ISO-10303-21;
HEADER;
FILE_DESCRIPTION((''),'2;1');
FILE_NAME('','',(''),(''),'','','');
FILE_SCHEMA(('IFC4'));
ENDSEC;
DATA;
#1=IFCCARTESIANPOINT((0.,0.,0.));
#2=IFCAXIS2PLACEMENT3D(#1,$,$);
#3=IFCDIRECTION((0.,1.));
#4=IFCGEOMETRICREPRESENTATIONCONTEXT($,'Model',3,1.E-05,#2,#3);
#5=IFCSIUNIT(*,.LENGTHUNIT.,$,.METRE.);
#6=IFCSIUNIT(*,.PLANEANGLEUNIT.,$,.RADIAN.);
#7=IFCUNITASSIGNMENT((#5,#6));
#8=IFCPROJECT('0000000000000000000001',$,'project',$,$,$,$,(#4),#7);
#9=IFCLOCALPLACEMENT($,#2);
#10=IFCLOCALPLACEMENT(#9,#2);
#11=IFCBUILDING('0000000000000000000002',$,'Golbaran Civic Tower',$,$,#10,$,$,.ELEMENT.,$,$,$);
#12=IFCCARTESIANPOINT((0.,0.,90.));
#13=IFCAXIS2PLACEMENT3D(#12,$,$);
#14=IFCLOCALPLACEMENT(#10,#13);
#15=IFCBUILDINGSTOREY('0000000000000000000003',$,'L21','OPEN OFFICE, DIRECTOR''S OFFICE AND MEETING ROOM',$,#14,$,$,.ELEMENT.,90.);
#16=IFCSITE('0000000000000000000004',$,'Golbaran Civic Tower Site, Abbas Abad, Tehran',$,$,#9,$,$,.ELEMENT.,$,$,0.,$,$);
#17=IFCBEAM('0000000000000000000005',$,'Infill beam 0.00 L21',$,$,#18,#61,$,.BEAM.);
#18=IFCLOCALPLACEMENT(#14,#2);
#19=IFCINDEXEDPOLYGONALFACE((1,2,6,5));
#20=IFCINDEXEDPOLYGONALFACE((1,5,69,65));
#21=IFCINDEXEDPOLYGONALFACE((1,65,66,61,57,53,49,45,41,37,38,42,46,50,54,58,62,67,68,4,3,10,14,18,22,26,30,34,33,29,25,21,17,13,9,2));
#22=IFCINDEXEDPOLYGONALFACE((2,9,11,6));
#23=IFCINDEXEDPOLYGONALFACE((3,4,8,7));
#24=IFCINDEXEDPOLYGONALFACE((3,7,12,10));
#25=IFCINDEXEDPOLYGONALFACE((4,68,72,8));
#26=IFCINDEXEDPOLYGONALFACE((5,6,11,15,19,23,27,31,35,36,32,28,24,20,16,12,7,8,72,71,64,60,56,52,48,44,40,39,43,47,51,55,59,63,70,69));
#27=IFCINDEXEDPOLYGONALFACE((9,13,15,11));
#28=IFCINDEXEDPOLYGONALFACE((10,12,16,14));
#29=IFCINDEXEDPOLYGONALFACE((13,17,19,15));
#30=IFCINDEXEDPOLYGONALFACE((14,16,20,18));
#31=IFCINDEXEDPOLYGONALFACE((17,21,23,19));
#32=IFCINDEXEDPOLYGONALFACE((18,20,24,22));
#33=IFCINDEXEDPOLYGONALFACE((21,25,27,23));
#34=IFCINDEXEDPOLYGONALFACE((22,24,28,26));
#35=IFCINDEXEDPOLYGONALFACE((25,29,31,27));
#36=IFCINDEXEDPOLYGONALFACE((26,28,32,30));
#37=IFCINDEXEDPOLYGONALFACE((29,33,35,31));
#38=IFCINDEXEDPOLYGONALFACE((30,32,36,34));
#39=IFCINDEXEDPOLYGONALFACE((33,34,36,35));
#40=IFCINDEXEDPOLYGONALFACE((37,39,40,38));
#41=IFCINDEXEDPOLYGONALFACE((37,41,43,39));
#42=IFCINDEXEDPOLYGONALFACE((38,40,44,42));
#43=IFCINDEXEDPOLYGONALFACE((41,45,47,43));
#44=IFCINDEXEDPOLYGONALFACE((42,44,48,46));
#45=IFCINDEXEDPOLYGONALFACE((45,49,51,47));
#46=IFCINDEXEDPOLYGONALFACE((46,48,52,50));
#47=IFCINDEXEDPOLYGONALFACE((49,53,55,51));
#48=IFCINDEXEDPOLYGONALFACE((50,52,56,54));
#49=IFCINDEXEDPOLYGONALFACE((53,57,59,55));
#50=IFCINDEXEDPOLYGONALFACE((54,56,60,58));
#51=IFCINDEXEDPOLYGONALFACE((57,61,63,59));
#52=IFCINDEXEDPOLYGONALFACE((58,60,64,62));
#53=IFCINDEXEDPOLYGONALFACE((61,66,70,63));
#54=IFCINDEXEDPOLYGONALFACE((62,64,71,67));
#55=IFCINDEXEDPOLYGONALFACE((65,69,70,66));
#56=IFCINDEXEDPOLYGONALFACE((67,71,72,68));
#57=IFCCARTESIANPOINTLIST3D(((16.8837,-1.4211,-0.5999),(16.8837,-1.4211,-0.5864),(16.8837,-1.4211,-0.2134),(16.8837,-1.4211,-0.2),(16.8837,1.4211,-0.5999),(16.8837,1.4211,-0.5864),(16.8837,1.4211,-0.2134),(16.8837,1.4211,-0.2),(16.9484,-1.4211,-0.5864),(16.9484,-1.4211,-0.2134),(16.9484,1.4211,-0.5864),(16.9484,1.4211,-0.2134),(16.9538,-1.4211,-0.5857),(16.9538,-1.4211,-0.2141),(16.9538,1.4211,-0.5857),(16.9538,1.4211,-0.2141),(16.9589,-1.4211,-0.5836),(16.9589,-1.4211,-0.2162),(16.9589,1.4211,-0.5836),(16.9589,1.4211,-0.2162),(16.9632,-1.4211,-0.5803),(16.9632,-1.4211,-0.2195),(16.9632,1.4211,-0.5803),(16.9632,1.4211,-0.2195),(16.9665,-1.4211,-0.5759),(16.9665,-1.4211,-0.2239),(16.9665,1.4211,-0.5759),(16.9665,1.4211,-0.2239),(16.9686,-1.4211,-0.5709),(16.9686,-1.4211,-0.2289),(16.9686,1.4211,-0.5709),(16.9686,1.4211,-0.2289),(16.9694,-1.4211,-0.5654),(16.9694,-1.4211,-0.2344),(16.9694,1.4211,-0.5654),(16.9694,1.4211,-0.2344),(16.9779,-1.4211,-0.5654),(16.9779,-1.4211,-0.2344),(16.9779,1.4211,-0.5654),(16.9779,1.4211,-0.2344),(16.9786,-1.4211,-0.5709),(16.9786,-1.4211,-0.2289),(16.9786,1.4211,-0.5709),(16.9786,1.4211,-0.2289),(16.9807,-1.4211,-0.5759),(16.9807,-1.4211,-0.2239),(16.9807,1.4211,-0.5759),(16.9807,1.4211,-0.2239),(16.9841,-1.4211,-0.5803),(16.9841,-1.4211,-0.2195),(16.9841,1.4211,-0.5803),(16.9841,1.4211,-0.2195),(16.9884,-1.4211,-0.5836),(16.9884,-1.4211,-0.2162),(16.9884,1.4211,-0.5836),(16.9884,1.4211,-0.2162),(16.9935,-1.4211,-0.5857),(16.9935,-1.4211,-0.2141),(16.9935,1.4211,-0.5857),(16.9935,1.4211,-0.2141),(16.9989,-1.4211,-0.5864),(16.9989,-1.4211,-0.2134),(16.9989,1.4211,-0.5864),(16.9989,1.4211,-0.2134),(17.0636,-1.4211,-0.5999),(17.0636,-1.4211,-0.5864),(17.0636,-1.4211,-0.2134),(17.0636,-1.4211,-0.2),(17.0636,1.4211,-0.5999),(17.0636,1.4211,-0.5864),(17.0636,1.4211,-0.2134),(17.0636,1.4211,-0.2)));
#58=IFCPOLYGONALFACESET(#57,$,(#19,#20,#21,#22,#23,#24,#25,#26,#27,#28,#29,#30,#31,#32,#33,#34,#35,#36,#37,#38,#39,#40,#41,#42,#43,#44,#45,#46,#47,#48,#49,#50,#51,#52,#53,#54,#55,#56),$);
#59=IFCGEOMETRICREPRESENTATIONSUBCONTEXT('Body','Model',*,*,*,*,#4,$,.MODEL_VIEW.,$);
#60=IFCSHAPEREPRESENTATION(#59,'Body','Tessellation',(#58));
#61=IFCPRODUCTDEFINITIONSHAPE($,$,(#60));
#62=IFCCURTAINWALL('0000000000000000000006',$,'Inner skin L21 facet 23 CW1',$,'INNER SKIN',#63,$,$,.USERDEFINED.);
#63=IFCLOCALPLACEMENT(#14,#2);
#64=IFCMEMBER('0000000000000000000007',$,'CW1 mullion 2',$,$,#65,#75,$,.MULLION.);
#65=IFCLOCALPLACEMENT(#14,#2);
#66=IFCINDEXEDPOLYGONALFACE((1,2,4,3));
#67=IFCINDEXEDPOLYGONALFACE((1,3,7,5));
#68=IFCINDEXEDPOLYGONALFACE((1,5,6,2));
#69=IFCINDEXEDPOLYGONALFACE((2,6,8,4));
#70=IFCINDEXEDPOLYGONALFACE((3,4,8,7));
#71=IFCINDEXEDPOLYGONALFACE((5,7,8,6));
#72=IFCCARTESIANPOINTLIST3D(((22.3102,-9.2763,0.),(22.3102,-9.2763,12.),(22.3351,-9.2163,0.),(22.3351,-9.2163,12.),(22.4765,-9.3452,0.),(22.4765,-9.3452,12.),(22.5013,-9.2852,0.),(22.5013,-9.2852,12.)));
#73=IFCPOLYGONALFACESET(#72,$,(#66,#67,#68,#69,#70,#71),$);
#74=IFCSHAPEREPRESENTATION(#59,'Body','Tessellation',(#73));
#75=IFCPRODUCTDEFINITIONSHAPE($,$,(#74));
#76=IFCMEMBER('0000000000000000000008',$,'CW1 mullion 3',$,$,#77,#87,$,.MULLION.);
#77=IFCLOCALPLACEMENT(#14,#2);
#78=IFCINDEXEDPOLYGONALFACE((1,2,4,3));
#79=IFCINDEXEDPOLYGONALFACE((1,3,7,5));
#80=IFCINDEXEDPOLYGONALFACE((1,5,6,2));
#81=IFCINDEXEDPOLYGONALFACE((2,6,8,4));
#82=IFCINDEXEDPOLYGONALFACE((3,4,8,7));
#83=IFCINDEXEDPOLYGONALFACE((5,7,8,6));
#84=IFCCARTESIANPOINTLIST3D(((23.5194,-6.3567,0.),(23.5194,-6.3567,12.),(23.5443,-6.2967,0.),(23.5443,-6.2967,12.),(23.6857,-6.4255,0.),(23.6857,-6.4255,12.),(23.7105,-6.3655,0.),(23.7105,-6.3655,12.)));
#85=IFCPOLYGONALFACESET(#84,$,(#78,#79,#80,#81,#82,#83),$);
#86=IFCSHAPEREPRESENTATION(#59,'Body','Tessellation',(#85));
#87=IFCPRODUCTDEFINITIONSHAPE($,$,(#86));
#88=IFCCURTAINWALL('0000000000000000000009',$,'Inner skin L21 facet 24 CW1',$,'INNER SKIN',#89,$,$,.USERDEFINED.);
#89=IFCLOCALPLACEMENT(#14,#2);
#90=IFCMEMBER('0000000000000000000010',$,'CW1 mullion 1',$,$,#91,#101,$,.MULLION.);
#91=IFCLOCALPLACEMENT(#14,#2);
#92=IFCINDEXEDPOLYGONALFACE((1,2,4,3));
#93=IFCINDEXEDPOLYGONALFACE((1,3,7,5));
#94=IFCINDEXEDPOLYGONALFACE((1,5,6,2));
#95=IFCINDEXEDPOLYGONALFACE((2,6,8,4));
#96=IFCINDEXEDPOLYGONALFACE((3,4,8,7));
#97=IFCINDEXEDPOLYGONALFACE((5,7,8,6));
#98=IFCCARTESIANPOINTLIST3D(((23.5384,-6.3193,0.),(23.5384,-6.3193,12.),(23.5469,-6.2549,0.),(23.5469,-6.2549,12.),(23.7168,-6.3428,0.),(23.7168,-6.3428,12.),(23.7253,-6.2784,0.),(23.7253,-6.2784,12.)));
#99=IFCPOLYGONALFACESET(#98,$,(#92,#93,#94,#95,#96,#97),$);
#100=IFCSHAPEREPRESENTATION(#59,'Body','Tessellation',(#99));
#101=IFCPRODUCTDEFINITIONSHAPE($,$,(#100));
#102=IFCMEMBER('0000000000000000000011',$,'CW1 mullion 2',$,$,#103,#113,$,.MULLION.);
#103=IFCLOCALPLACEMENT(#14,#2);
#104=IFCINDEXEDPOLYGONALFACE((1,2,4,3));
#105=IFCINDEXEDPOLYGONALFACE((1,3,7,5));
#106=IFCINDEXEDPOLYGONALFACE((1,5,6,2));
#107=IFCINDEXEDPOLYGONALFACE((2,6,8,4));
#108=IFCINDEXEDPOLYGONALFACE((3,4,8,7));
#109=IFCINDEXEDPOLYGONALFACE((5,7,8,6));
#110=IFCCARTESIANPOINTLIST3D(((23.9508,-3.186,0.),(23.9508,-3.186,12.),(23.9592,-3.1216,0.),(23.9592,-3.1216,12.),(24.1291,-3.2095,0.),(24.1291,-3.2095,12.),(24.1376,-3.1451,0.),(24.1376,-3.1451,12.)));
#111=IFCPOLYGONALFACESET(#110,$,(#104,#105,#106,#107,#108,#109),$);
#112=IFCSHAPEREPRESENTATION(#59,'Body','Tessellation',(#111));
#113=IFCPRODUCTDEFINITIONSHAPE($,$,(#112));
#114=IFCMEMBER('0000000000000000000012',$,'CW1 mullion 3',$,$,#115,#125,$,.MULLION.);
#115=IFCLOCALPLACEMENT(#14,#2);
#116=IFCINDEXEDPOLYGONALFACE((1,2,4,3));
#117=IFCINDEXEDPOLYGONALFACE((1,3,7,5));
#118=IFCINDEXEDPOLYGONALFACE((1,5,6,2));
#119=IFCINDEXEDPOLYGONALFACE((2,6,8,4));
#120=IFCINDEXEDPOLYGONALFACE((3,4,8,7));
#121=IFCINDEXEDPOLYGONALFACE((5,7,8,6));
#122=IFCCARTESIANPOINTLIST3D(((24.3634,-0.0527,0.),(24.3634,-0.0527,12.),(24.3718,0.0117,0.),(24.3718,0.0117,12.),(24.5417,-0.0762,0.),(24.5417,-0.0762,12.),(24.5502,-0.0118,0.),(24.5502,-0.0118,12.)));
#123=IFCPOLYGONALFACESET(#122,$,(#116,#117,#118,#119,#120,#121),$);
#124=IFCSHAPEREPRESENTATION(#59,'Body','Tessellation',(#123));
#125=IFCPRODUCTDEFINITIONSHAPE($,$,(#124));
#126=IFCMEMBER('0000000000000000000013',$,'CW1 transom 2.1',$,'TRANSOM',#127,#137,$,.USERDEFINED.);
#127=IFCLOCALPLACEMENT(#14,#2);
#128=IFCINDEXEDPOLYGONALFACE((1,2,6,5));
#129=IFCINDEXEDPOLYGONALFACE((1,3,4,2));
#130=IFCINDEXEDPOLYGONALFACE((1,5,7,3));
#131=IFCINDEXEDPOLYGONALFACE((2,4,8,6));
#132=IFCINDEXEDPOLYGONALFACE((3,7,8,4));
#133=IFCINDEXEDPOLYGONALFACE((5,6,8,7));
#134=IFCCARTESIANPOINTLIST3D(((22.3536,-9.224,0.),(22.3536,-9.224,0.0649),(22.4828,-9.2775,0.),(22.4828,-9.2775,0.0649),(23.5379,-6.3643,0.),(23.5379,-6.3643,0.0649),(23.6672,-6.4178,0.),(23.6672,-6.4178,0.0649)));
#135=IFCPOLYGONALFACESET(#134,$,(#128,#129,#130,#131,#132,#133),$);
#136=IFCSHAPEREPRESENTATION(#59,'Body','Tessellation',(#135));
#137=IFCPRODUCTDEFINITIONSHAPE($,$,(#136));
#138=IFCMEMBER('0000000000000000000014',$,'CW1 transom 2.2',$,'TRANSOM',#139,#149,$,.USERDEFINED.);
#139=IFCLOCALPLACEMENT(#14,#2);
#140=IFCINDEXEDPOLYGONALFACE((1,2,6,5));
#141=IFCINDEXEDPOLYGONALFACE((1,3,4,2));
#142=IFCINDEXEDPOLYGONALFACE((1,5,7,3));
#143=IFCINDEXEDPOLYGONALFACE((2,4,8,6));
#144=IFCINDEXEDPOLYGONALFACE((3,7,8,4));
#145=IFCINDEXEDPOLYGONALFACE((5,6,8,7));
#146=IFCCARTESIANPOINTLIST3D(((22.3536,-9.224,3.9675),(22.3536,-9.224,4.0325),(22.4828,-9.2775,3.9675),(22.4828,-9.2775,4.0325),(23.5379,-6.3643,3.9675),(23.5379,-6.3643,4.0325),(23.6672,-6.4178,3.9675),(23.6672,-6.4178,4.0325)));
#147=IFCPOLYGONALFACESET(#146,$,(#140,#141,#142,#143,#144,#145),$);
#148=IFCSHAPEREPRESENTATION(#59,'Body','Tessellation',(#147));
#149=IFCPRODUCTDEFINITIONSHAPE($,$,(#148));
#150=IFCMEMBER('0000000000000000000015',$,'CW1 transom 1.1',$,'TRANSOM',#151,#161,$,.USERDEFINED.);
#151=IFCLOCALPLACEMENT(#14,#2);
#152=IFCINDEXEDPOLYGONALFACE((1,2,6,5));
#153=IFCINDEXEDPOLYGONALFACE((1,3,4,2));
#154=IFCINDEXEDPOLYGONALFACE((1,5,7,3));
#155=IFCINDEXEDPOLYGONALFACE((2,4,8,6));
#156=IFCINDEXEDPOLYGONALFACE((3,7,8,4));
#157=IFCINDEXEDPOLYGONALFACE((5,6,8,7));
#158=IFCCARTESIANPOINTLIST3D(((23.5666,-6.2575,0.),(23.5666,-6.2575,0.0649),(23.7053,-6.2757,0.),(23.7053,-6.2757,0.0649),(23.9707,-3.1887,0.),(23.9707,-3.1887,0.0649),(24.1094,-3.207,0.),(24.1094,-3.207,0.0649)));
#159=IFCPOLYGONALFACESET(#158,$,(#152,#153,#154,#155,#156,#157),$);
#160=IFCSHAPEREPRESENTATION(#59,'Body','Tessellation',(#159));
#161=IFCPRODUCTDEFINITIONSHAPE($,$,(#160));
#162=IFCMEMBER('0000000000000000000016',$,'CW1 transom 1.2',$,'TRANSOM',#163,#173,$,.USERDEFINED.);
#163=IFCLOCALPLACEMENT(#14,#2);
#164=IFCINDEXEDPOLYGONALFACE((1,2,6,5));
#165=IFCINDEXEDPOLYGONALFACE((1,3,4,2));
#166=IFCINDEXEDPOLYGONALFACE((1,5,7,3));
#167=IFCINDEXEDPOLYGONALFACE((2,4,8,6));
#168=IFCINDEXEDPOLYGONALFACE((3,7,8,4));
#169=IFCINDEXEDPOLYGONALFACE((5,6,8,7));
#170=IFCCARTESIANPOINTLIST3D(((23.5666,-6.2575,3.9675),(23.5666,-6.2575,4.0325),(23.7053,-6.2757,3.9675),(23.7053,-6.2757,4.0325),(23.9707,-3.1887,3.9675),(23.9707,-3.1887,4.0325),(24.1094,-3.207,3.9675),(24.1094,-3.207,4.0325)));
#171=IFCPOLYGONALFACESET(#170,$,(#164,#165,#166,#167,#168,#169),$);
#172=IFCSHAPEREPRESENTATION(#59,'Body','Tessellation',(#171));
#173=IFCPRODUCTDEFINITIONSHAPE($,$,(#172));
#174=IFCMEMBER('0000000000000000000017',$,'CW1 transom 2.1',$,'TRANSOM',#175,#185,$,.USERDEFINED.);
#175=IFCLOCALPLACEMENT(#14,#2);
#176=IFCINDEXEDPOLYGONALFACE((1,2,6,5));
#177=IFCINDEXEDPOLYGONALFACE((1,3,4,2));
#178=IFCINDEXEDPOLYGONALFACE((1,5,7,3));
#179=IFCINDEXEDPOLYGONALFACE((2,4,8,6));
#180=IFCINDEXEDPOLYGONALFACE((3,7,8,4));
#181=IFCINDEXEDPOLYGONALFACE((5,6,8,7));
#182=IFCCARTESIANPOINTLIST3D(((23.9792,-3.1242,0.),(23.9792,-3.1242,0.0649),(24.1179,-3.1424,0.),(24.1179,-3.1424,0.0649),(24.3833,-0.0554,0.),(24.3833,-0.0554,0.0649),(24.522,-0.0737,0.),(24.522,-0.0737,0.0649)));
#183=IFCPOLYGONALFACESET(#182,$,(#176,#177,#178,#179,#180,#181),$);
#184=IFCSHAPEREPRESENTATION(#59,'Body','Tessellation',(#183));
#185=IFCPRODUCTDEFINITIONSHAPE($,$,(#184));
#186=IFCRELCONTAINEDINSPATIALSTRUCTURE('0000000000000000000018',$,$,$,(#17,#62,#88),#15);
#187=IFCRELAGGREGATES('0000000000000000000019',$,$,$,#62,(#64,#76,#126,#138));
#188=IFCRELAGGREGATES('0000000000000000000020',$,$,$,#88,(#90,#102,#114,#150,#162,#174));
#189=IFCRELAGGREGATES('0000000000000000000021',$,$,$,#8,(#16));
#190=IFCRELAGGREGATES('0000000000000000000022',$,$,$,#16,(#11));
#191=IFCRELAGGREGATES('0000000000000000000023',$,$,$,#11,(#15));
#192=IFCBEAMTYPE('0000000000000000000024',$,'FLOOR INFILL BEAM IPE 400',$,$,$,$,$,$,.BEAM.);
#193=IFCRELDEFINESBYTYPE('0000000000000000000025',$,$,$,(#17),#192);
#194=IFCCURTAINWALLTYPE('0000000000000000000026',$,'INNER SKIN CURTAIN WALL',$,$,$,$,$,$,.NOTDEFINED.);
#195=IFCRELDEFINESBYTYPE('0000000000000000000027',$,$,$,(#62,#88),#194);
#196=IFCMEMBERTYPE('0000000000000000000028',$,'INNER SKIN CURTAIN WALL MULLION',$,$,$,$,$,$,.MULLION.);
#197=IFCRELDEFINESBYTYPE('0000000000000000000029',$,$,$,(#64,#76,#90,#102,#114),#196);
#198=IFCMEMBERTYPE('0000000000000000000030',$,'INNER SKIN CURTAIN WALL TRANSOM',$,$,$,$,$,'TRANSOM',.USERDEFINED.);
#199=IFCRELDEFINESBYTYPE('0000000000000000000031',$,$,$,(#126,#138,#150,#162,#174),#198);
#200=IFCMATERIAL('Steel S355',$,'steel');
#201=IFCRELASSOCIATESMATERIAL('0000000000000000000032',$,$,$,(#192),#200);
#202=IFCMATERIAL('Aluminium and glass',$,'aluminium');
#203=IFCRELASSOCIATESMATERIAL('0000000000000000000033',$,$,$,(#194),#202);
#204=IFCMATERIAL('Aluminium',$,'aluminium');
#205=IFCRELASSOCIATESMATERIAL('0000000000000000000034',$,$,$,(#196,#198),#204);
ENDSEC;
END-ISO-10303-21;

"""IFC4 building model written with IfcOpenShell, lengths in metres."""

from ifc_helpers import new_model, si_unit, direction, frame, origin, origin_2d, place, context, subcontext, project, spatial, rectangle, i_section, extrude, material, material_profile, profile_set, type_object, element, aggregate, save


model = new_model("IFC4")

# Units and contexts
model_context = context("Model", 3, precision=1e-05, world=origin(), true_north=direction((0.0, 1.0)))
body_context = subcontext(model_context, "Body", "Model", "MODEL_VIEW")
ifc_project = project(units=[si_unit("LENGTHUNIT", "METRE"), si_unit("PLANEANGLEUNIT", "RADIAN")], contexts=[model_context])

# Site, building, storey
site_placement = place(None, origin())
site = spatial("IfcSite", under=ifc_project, at=site_placement, Name="Golbaran Civic Tower Site, Abbas Abad, Tehran", CompositionType="ELEMENT", RefElevation=0.0)
building_placement = place(site_placement, origin())
building = spatial("IfcBuilding", under=site, at=building_placement, Name="Golbaran Civic Tower", CompositionType="ELEMENT")
storey_placement = place(building_placement, frame((0.0, 0.0, 90.0)))
storey = spatial("IfcBuildingStorey", under=building, at=storey_placement, Name="L21", Description="OPEN OFFICE, DIRECTOR'S OFFICE AND MEETING ROOM", CompositionType="ELEMENT", Elevation=90.0)

# Beam
ifc_material_1 = material(Name="Steel S355", Category="steel")
ifc_material_profile_1 = material_profile(ifc_material_1, i_section(OverallWidth=0.1799, OverallDepth=0.3999, WebThickness=0.0085, FlangeThickness=0.0134, FilletRadius=0.021, at=origin_2d()), Name="IPE 400")
ifc_profile_set_1 = profile_set([ifc_material_profile_1], Name="Steel S355")
beam_type_1 = type_object("IfcBeamType", Name="FLOOR INFILL BEAM IPE 400", PredefinedType="BEAM", material=ifc_profile_set_1)
beam_1_placement = place(storey_placement, frame((16.9736, -1.4211, -0.3999), z_axis=(0.0, 1.0, 0.0), x_axis=(-1.0, 0.0, 0.0)))
element("IfcBeam", 1, at=beam_1_placement, inside=storey, type_object=beam_type_1, Name="Infill beam 0.00 L21", PredefinedType="BEAM", context=body_context, shape_type="SweptSolid", body=[
    extrude(i_section(OverallWidth=0.1799, OverallDepth=0.3999, WebThickness=0.0085, FlangeThickness=0.0134, FilletRadius=0.021, at=origin_2d()), origin(), (0.0, 0.0, 1.0), 2.8423),
])

# Curtain walls, members
ifc_material_2 = material(Name="Aluminium and glass", Category="aluminium")
curtain_wall_type = type_object("IfcCurtainWallType", Name="INNER SKIN CURTAIN WALL", PredefinedType="NOTDEFINED", material=ifc_material_2)
curtain_wall_1_placement = place(storey_placement, origin())
curtain_wall_1 = element("IfcCurtainWall", 2, at=curtain_wall_1_placement, inside=storey, type_object=curtain_wall_type, Name="Inner skin L21 facet 23 CW1", ObjectType="INNER SKIN", PredefinedType="USERDEFINED")
ifc_material_3 = material(Name="Aluminium", Category="aluminium")
ifc_material_profile_2 = material_profile(ifc_material_3, rectangle(XDim=0.1799, YDim=0.0649, at=origin_2d()), Name="INNER SKIN CURTAIN WALL MULLION")
ifc_profile_set_2 = profile_set([ifc_material_profile_2], Name="Aluminium")
member_type_1 = type_object("IfcMemberType", Name="INNER SKIN CURTAIN WALL MULLION", PredefinedType="MULLION", material=ifc_profile_set_2)
member_1_placement = place(storey_placement, frame((22.4058, -9.2808, 0.0), z_axis=(0.0, 0.0, 1.0), x_axis=(-0.92388, 0.382683, 0.0)))
member_1 = element("IfcMember", 3, at=member_1_placement, type_object=member_type_1, Name="CW1 mullion 2", PredefinedType="MULLION", context=body_context, shape_type="SweptSolid", body=[
    extrude(rectangle(XDim=0.1799, YDim=0.0649, at=origin_2d()), origin(), (0.0, 0.0, 1.0), 12.0),
])
member_2_placement = place(storey_placement, frame((23.615, -6.3611, 0.0), z_axis=(0.0, 0.0, 1.0), x_axis=(-0.92388, 0.382683, 0.0)))
member_2 = element("IfcMember", 4, at=member_2_placement, type_object=member_type_1, Name="CW1 mullion 3", PredefinedType="MULLION", context=body_context, shape_type="SweptSolid", body=[
    extrude(rectangle(XDim=0.1799, YDim=0.0649, at=origin_2d()), origin(), (0.0, 0.0, 1.0), 12.0),
])
curtain_wall_2_placement = place(storey_placement, origin())
curtain_wall_2 = element("IfcCurtainWall", 5, at=curtain_wall_2_placement, inside=storey, type_object=curtain_wall_type, Name="Inner skin L21 facet 24 CW1", ObjectType="INNER SKIN", PredefinedType="USERDEFINED")
member_3_placement = place(storey_placement, frame((23.6318, -6.2988, 0.0), z_axis=(0.0, 0.0, 1.0), x_axis=(-0.991445, 0.130526, 0.0)))
member_3 = element("IfcMember", 6, at=member_3_placement, type_object=member_type_1, Name="CW1 mullion 1", PredefinedType="MULLION", context=body_context, shape_type="SweptSolid", body=[
    extrude(rectangle(XDim=0.1799, YDim=0.0649, at=origin_2d()), origin(), (0.0, 0.0, 1.0), 12.0),
])
member_4_placement = place(storey_placement, frame((24.0442, -3.1655, 0.0), z_axis=(0.0, 0.0, 1.0), x_axis=(-0.991445, 0.130526, 0.0)))
member_4 = element("IfcMember", 7, at=member_4_placement, type_object=member_type_1, Name="CW1 mullion 2", PredefinedType="MULLION", context=body_context, shape_type="SweptSolid", body=[
    extrude(rectangle(XDim=0.1799, YDim=0.0649, at=origin_2d()), origin(), (0.0, 0.0, 1.0), 12.0),
])
member_5_placement = place(storey_placement, frame((24.4568, -0.0322, 0.0), z_axis=(0.0, 0.0, 1.0), x_axis=(-0.991445, 0.130526, 0.0)))
member_5 = element("IfcMember", 8, at=member_5_placement, type_object=member_type_1, Name="CW1 mullion 3", PredefinedType="MULLION", context=body_context, shape_type="SweptSolid", body=[
    extrude(rectangle(XDim=0.1799, YDim=0.0649, at=origin_2d()), origin(), (0.0, 0.0, 1.0), 12.0),
])

# Members
ifc_material_profile_3 = material_profile(ifc_material_3, rectangle(XDim=0.1399, YDim=0.0649, at=origin_2d()), Name="INNER SKIN CURTAIN WALL TRANSOM")
ifc_profile_set_3 = profile_set([ifc_material_profile_3], Name="Aluminium")
member_type_2 = type_object("IfcMemberType", Name="INNER SKIN CURTAIN WALL TRANSOM", ElementType="TRANSOM", PredefinedType="USERDEFINED", material=ifc_profile_set_3)
member_6_placement = place(storey_placement, frame((22.4182, -9.2507, 0.0325), z_axis=(0.382637, 0.923899, 0.0), x_axis=(-0.923899, 0.382637, 0.0)))
member_6 = element("IfcMember", 9, at=member_6_placement, type_object=member_type_2, Name="CW1 transom 2.1", ObjectType="TRANSOM", PredefinedType="USERDEFINED", context=body_context, shape_type="SweptSolid", body=[
    extrude(rectangle(XDim=0.1399, YDim=0.0649, at=origin_2d()), origin(), (0.0, 0.0, 1.0), 3.0952),
])
member_7_placement = place(storey_placement, frame((22.4182, -9.2507, 4.0), z_axis=(0.382637, 0.923899, 0.0), x_axis=(-0.923899, 0.382637, 0.0)))
member_7 = element("IfcMember", 10, at=member_7_placement, type_object=member_type_2, Name="CW1 transom 2.2", ObjectType="TRANSOM", PredefinedType="USERDEFINED", context=body_context, shape_type="SweptSolid", body=[
    extrude(rectangle(XDim=0.1399, YDim=0.0649, at=origin_2d()), origin(), (0.0, 0.0, 1.0), 3.0952),
])
member_8_placement = place(storey_placement, frame((23.636, -6.2666, 0.0325), z_axis=(0.130536, 0.991444, 0.0), x_axis=(-0.991444, 0.130536, 0.0)))
member_8 = element("IfcMember", 11, at=member_8_placement, type_object=member_type_2, Name="CW1 transom 1.1", ObjectType="TRANSOM", PredefinedType="USERDEFINED", context=body_context, shape_type="SweptSolid", body=[
    extrude(rectangle(XDim=0.1399, YDim=0.0649, at=origin_2d()), origin(), (0.0, 0.0, 1.0), 3.0952),
])
member_9_placement = place(storey_placement, frame((23.636, -6.2666, 4.0), z_axis=(0.130536, 0.991444, 0.0), x_axis=(-0.991444, 0.130536, 0.0)))
member_9 = element("IfcMember", 12, at=member_9_placement, type_object=member_type_2, Name="CW1 transom 1.2", ObjectType="TRANSOM", PredefinedType="USERDEFINED", context=body_context, shape_type="SweptSolid", body=[
    extrude(rectangle(XDim=0.1399, YDim=0.0649, at=origin_2d()), origin(), (0.0, 0.0, 1.0), 3.0952),
])
member_10_placement = place(storey_placement, frame((24.0486, -3.1333, 0.0325), z_axis=(0.130536, 0.991444, 0.0), x_axis=(-0.991444, 0.130536, 0.0)))
member_10 = element("IfcMember", 13, at=member_10_placement, type_object=member_type_2, Name="CW1 transom 2.1", ObjectType="TRANSOM", PredefinedType="USERDEFINED", context=body_context, shape_type="SweptSolid", body=[
    extrude(rectangle(XDim=0.1399, YDim=0.0649, at=origin_2d()), origin(), (0.0, 0.0, 1.0), 3.0952),
])

aggregate(curtain_wall_1, [member_1, member_2, member_6, member_7])
aggregate(curtain_wall_2, [member_3, member_4, member_5, member_8, member_9, member_10])

save(model, "model.ifc")
